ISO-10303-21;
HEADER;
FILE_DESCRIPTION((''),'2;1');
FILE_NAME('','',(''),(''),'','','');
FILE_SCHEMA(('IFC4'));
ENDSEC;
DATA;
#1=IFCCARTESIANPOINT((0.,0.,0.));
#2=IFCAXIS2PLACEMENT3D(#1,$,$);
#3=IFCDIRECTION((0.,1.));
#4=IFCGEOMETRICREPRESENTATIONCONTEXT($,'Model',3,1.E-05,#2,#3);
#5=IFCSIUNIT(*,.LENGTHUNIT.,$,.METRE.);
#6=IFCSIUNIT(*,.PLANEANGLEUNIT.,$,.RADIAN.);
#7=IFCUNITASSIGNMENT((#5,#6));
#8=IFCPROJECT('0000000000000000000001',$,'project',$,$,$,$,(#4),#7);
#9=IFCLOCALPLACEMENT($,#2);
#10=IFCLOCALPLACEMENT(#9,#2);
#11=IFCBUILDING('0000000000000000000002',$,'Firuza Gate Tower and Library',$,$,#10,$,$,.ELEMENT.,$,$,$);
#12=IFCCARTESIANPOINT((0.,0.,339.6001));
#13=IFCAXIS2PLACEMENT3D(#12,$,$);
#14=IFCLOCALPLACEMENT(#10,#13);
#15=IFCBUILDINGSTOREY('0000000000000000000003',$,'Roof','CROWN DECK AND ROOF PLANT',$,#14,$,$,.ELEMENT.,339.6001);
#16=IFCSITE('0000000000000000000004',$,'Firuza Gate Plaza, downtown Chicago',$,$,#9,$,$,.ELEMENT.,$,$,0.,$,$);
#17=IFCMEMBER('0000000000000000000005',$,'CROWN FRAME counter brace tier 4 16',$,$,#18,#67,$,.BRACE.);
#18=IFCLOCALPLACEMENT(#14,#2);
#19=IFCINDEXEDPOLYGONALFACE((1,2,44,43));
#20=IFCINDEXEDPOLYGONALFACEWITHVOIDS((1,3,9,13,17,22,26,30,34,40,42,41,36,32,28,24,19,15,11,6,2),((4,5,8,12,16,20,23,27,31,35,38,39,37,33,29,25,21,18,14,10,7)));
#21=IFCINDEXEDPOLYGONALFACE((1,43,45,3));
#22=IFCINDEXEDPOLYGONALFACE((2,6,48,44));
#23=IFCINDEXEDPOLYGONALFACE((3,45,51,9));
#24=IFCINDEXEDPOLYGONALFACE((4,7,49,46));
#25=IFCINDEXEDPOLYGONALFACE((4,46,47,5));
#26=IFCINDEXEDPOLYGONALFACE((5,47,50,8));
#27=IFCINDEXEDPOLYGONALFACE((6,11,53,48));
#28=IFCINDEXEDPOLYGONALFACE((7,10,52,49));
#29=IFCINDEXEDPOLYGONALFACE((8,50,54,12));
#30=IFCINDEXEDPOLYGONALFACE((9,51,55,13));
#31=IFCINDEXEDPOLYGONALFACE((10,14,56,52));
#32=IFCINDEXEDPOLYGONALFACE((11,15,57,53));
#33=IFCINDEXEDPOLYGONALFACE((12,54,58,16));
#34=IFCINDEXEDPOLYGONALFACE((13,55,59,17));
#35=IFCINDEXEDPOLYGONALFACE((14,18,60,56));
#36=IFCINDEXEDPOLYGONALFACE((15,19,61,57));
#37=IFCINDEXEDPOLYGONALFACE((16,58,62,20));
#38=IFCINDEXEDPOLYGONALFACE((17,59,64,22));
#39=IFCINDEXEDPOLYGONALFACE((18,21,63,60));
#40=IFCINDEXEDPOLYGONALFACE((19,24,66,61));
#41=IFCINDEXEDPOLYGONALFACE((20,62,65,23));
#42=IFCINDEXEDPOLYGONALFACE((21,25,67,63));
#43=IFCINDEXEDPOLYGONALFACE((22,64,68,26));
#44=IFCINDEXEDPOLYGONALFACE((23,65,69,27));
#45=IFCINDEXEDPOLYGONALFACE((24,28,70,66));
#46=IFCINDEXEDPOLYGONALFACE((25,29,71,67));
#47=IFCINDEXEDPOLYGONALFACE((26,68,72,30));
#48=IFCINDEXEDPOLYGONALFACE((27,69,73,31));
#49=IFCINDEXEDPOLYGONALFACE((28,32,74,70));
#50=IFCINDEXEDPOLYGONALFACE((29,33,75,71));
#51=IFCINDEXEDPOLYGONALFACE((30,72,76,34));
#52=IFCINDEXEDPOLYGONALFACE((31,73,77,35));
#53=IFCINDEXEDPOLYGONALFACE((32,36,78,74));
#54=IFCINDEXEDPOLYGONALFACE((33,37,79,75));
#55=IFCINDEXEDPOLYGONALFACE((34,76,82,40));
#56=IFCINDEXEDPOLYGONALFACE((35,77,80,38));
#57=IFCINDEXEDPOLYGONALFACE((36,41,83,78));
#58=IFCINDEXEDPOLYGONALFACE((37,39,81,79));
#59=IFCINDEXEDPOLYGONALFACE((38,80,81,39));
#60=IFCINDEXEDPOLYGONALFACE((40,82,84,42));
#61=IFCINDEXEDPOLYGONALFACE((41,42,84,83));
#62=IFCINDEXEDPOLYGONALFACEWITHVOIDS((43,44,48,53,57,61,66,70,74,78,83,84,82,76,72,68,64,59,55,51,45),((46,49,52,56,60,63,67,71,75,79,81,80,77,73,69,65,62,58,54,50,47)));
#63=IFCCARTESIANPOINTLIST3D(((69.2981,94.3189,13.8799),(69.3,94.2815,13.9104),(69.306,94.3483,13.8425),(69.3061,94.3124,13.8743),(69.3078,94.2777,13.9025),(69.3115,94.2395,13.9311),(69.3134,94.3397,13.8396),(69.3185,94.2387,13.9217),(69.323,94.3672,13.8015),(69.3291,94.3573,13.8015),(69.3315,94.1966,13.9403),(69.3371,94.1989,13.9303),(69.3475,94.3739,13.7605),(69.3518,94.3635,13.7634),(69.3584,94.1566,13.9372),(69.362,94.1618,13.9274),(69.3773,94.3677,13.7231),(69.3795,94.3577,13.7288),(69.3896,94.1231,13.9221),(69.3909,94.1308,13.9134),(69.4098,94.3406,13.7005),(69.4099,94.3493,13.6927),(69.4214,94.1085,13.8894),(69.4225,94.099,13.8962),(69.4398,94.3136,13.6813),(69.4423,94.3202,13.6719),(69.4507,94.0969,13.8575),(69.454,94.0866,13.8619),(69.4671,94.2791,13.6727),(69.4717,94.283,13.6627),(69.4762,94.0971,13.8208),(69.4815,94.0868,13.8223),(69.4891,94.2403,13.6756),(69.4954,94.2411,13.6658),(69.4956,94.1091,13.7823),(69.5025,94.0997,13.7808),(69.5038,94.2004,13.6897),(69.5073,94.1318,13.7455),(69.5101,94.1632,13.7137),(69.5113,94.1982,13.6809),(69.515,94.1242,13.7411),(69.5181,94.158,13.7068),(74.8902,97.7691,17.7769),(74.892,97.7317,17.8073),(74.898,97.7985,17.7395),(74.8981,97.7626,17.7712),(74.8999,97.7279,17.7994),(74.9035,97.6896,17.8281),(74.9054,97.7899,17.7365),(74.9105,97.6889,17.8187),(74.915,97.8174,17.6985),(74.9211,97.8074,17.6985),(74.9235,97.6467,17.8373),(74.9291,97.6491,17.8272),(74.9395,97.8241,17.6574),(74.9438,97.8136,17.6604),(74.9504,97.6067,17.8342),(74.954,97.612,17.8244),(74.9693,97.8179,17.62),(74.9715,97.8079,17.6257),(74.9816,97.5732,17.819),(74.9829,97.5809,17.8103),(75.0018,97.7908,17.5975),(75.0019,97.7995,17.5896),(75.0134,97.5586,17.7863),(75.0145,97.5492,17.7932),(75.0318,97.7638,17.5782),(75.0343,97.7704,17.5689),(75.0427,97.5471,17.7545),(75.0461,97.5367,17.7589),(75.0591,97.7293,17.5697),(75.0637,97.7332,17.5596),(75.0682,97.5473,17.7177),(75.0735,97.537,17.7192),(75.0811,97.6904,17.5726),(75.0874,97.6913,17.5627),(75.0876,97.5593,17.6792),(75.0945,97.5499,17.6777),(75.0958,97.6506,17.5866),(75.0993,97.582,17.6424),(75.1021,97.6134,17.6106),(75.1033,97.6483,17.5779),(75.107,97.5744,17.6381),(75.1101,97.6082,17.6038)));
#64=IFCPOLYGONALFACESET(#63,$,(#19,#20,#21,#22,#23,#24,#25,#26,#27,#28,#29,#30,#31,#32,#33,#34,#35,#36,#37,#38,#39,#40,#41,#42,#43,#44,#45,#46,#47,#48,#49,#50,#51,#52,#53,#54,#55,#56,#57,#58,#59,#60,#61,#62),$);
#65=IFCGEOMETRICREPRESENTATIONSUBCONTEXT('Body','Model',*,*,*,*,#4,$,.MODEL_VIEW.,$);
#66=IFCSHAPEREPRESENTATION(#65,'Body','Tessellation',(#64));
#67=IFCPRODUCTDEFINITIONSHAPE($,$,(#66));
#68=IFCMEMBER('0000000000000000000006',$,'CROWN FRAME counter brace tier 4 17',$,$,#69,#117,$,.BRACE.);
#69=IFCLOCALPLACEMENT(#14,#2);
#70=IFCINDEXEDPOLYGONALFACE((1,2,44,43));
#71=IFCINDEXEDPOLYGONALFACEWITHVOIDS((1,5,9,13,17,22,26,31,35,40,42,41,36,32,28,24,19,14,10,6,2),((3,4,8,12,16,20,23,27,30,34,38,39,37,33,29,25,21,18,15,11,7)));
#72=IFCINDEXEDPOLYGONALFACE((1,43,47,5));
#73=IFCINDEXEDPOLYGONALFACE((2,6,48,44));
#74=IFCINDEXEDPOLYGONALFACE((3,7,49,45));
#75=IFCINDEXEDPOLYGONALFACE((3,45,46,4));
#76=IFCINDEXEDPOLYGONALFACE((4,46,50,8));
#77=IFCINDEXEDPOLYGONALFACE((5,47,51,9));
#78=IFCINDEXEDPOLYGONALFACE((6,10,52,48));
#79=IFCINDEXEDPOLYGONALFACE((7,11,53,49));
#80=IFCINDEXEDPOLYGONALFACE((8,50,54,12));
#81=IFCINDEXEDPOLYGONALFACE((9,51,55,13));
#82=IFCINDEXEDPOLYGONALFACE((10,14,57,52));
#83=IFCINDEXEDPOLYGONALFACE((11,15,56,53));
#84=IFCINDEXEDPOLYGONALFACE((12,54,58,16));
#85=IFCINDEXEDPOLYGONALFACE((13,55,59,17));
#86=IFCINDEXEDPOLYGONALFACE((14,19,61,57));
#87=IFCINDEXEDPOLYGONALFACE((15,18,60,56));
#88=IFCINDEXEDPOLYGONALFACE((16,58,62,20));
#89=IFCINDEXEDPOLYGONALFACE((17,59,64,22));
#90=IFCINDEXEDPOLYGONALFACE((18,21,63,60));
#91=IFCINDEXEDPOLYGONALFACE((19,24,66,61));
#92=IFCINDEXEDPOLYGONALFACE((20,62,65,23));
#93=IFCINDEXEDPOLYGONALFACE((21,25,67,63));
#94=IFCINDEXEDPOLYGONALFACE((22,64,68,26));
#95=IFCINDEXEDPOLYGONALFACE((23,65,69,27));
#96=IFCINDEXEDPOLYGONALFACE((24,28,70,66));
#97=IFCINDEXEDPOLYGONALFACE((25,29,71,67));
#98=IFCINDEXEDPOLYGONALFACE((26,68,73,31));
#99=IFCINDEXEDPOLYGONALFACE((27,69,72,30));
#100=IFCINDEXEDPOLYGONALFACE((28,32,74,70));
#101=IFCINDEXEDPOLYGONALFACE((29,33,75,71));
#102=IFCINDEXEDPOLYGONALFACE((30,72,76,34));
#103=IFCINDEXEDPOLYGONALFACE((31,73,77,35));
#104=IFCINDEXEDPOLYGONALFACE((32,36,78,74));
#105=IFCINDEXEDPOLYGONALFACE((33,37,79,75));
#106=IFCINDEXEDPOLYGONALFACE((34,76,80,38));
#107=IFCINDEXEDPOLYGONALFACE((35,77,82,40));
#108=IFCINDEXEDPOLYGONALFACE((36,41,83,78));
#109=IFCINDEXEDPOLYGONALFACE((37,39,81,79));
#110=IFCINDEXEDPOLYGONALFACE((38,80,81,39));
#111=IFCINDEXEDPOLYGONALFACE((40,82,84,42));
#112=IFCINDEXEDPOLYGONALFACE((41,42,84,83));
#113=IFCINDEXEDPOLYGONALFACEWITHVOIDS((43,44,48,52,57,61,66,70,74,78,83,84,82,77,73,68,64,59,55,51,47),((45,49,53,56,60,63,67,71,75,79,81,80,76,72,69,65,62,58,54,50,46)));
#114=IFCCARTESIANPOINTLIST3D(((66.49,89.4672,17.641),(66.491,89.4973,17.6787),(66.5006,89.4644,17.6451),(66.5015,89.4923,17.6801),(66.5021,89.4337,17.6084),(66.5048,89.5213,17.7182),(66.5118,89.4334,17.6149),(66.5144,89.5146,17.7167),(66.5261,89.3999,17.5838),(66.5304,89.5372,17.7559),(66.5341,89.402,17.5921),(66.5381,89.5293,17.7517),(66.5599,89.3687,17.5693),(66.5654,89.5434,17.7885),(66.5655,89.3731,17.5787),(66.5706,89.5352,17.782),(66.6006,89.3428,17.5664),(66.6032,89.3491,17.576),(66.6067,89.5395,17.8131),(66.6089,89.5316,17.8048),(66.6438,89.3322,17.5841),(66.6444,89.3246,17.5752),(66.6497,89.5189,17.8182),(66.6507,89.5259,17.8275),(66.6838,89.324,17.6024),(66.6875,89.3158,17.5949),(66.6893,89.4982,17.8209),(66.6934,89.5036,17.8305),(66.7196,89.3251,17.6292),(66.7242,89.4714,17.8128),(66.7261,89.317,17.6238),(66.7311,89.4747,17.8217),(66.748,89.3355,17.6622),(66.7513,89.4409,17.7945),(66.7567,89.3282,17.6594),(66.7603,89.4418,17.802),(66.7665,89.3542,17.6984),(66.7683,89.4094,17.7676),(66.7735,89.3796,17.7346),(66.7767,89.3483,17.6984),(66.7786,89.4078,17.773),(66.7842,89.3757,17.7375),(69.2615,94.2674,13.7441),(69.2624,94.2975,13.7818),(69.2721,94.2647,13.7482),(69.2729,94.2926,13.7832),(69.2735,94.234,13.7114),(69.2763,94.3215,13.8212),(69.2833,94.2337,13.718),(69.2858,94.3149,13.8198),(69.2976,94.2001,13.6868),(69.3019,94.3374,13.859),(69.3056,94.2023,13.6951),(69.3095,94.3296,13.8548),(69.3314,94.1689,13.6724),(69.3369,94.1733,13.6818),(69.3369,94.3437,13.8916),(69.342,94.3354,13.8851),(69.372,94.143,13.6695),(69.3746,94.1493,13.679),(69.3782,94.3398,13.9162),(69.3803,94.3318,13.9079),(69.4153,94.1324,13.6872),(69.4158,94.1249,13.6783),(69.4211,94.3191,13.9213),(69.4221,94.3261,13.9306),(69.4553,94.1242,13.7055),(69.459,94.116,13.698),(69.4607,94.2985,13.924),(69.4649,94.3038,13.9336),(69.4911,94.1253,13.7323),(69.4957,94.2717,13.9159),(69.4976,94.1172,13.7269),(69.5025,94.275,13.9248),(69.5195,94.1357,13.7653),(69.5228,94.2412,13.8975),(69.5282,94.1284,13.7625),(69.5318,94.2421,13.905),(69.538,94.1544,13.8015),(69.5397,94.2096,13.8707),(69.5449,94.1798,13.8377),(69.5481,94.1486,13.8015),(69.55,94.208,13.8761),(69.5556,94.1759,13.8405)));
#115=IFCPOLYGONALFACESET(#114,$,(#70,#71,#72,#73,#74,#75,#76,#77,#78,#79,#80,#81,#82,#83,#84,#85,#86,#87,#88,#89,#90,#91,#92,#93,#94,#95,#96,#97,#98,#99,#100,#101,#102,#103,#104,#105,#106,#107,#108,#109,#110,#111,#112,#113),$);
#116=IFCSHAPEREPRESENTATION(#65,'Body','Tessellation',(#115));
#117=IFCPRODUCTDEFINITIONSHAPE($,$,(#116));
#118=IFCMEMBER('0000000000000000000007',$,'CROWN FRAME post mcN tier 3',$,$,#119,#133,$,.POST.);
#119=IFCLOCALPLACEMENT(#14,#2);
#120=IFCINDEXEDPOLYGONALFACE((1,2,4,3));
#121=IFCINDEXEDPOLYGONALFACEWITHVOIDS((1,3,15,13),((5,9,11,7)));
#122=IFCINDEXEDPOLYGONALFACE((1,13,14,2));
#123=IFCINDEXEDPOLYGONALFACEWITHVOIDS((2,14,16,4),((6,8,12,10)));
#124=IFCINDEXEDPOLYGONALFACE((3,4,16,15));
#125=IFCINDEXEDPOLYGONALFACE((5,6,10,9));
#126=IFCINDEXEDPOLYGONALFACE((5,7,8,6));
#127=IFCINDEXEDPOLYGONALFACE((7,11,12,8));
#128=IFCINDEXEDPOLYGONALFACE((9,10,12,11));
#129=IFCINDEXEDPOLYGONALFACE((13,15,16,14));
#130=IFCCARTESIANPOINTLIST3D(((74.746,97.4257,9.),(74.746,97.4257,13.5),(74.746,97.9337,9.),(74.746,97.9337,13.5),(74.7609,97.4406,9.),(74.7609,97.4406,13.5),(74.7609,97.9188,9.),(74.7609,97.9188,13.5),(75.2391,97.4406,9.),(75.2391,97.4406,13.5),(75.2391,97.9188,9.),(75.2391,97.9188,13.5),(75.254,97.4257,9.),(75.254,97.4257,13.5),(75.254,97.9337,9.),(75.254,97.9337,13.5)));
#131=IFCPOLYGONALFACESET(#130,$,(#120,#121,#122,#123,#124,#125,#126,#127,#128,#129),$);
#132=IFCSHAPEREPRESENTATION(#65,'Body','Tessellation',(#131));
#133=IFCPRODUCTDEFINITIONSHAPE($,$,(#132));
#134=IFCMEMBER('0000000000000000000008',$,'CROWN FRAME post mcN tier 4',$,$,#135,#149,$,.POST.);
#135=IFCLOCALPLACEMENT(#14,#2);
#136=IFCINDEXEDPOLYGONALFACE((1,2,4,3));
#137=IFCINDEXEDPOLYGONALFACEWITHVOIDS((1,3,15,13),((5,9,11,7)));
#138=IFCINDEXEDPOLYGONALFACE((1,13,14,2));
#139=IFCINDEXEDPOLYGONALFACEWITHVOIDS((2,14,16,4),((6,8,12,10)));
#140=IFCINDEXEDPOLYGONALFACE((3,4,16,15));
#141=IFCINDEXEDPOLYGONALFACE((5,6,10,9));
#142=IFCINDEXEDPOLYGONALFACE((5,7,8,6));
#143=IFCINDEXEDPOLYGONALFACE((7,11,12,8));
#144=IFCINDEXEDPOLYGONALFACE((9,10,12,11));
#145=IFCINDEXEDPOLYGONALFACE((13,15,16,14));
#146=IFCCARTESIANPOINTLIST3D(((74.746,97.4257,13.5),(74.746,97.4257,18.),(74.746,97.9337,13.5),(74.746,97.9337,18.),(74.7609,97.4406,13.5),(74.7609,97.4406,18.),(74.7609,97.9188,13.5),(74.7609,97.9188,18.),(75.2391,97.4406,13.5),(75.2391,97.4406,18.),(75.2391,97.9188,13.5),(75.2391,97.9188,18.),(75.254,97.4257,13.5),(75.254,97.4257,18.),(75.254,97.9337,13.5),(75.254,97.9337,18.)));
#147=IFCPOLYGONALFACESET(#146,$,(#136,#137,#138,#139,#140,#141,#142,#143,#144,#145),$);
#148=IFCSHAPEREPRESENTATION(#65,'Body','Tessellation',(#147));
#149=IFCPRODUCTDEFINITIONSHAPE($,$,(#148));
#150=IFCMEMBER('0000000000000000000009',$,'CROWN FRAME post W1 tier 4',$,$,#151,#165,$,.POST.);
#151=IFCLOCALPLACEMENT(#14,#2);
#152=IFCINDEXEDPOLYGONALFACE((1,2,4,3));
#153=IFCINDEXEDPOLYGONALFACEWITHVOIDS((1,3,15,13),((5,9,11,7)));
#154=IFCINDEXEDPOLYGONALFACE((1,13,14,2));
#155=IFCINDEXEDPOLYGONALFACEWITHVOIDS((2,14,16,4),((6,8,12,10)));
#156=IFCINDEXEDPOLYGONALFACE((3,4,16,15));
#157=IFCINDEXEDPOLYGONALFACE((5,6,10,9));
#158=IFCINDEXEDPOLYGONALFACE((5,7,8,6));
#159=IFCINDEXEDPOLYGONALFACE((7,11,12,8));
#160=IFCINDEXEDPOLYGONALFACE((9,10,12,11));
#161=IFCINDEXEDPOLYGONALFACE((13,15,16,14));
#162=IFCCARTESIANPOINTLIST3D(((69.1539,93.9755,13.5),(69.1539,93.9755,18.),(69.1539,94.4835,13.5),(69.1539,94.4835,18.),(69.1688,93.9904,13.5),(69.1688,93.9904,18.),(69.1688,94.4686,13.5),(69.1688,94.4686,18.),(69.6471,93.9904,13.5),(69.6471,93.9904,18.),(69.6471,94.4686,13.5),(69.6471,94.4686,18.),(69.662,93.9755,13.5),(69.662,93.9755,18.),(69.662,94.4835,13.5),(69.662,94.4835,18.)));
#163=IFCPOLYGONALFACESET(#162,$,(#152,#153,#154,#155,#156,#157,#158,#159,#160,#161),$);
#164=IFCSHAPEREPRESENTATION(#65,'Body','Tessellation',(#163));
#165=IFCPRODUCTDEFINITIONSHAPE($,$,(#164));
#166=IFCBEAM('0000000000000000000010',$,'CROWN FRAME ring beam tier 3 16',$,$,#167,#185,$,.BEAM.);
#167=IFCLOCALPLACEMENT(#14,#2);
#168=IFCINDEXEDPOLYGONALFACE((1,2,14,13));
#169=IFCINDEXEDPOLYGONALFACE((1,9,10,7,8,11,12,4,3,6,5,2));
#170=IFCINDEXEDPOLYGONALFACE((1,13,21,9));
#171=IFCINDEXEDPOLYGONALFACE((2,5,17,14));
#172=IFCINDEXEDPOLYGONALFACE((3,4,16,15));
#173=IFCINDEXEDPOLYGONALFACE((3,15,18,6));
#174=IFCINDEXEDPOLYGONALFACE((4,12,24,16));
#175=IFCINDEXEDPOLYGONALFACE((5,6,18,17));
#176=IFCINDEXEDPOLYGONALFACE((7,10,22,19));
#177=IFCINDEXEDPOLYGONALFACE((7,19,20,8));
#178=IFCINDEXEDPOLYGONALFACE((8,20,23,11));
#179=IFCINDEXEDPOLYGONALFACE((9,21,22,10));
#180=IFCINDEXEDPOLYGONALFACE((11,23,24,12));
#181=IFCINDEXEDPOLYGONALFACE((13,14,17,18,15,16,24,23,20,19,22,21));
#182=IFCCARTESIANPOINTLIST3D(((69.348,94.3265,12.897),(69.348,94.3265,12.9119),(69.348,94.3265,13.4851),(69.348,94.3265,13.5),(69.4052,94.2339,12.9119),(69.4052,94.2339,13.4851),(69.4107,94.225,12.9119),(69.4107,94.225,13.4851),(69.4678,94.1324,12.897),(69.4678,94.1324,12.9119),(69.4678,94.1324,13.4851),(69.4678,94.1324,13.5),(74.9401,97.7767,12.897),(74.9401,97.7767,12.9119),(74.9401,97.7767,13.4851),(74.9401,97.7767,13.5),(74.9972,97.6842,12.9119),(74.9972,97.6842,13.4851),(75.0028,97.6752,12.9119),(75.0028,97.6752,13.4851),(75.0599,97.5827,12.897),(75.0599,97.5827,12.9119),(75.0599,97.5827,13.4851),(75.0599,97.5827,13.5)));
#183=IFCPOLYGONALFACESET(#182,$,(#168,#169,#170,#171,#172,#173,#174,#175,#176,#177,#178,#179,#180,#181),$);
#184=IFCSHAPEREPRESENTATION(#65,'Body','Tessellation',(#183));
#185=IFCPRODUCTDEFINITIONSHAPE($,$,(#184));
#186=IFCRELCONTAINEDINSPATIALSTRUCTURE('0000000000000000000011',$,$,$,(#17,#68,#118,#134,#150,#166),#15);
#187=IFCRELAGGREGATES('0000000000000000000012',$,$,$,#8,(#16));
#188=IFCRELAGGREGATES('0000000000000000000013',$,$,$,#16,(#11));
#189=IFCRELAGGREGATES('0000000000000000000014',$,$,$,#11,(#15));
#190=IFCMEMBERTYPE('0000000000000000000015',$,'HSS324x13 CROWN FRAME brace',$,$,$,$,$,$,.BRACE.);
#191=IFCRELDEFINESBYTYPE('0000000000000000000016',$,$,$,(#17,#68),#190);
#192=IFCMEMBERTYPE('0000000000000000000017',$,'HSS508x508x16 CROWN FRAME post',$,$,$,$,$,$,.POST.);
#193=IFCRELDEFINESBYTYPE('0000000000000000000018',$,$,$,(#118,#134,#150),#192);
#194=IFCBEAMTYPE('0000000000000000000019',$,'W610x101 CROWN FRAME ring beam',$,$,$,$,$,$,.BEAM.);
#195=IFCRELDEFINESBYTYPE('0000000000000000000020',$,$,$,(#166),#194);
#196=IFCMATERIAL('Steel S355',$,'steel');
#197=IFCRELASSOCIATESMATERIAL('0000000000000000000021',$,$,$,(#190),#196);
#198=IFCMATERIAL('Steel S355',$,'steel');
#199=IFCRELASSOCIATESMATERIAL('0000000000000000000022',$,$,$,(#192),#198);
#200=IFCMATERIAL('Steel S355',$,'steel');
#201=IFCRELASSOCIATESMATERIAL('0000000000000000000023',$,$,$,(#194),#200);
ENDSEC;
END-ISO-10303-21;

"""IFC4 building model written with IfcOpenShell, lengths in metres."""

from ifc_helpers import new_model, si_unit, direction, frame, origin, origin_2d, place, context, subcontext, project, spatial, hollow_rectangle, hollow_circle, i_section, extrude, material, material_profile, profile_set, type_object, element, save


model = new_model("IFC4")

# Units and contexts
model_context = context("Model", 3, precision=1e-05, world=origin(), true_north=direction((0.0, 1.0)))
body_context = subcontext(model_context, "Body", "Model", "MODEL_VIEW")
ifc_project = project(units=[si_unit("LENGTHUNIT", "METRE"), si_unit("PLANEANGLEUNIT", "RADIAN")], contexts=[model_context])

# Site, building, storey
site_placement = place(None, origin())
site = spatial("IfcSite", under=ifc_project, at=site_placement, Name="Firuza Gate Plaza, downtown Chicago", CompositionType="ELEMENT", RefElevation=0.0)
building_placement = place(site_placement, origin())
building = spatial("IfcBuilding", under=site, at=building_placement, Name="Firuza Gate Tower and Library", CompositionType="ELEMENT")
storey_placement = place(building_placement, frame((0.0, 0.0, 339.6001)))
storey = spatial("IfcBuildingStorey", under=building, at=storey_placement, Name="Roof", Description="CROWN DECK AND ROOF PLANT", CompositionType="ELEMENT", Elevation=339.6001)

# Members
ifc_material_1 = material(Name="Steel S355", Category="steel")
ifc_material_profile_1 = material_profile(ifc_material_1, hollow_circle(Radius=0.1619, WallThickness=0.0117, at=origin_2d()))
ifc_profile_set_1 = profile_set([ifc_material_profile_1], Name="Steel S355")
member_type_1 = type_object("IfcMemberType", Name="HSS324x13 CROWN FRAME brace", PredefinedType="BRACE", material=ifc_profile_set_1)
for number, where, z_axis, x_axis, name in (
    (1, (69.408, 94.2295, 13.8015), (0.731995, 0.451629, 0.510112), (-0.525084, 0.85105, 0.0), "CROWN FRAME counter brace tier 4 16"),
):
    element("IfcMember", number, at=place(storey_placement, frame(where, z_axis=z_axis, x_axis=x_axis)), inside=storey, type_object=member_type_1, Name=name, PredefinedType="BRACE", context=body_context, shape_type="SweptSolid", body=[
        extrude(hollow_circle(Radius=0.1619, WallThickness=0.0117, at=origin_2d()), origin(), (0.0, 0.0, 1.0), 7.6394),
    ])
member_1_placement = place(storey_placement, frame((69.408, 94.2295, 13.8015), z_axis=(-0.409032, -0.708455, 0.575138), x_axis=(0.866023, -0.500005, 0.0)))
element("IfcMember", 2, at=member_1_placement, inside=storey, type_object=member_type_1, Name="CROWN FRAME counter brace tier 4 17", PredefinedType="BRACE", context=body_context, shape_type="SweptSolid", body=[
    extrude(hollow_circle(Radius=0.1619, WallThickness=0.0117, at=origin_2d()), origin(), (0.0, 0.0, 1.0), 6.7756),
])
ifc_material_2 = material(Name="Steel S355", Category="steel")
ifc_material_profile_2 = material_profile(ifc_material_2, hollow_rectangle(XDim=0.5081, YDim=0.5081, WallThickness=0.0149, at=origin_2d()))
ifc_profile_set_2 = profile_set([ifc_material_profile_2], Name="Steel S355")
member_type_2 = type_object("IfcMemberType", Name="HSS508x508x16 CROWN FRAME post", PredefinedType="POST", material=ifc_profile_set_2)
for number, where, z_axis, x_axis, name in (
    (3, (75.0, 97.6797, 9.0), (0.0, 0.0, 1.0), (1.0, 0.0, 0.0), "CROWN FRAME post mcN tier 3"),
    (4, (75.0, 97.6797, 13.5), (0.0, 0.0, 1.0), (1.0, 0.0, 0.0), "CROWN FRAME post mcN tier 4"),
    (5, (69.408, 94.2295, 13.5), (0.0, 0.0, 1.0), (1.0, 0.0, 0.0), "CROWN FRAME post W1 tier 4"),
):
    element("IfcMember", number, at=place(storey_placement, frame(where, z_axis=z_axis, x_axis=x_axis)), inside=storey, type_object=member_type_2, Name=name, PredefinedType="POST", context=body_context, shape_type="SweptSolid", body=[
        extrude(hollow_rectangle(XDim=0.5081, YDim=0.5081, WallThickness=0.0149, at=origin_2d()), origin(), (0.0, 0.0, 1.0), 4.5),
    ])

# Beam
ifc_material_3 = material(Name="Steel S355", Category="steel")
ifc_material_profile_3 = material_profile(ifc_material_3, i_section(OverallWidth=0.228, OverallDepth=0.603, WebThickness=0.0105, FlangeThickness=0.0149, at=origin_2d()))
ifc_profile_set_3 = profile_set([ifc_material_profile_3], Name="Steel S355")
beam_type = type_object("IfcBeamType", Name="W610x101 CROWN FRAME ring beam", PredefinedType="BEAM", material=ifc_profile_set_3)
beam_1_placement = place(storey_placement, frame((75.0, 97.6797, 13.1985), z_axis=(-0.85105, -0.525084, 0.0), x_axis=(0.525084, -0.85105, 0.0)))
element("IfcBeam", 6, at=beam_1_placement, inside=storey, type_object=beam_type, Name="CROWN FRAME ring beam tier 3 16", PredefinedType="BEAM", context=body_context, shape_type="SweptSolid", body=[
    extrude(i_section(OverallWidth=0.228, OverallDepth=0.603, WebThickness=0.0105, FlangeThickness=0.0149, at=origin_2d()), origin(), (0.0, 0.0, 1.0), 6.5708),
])

save(model, "model.ifc")
